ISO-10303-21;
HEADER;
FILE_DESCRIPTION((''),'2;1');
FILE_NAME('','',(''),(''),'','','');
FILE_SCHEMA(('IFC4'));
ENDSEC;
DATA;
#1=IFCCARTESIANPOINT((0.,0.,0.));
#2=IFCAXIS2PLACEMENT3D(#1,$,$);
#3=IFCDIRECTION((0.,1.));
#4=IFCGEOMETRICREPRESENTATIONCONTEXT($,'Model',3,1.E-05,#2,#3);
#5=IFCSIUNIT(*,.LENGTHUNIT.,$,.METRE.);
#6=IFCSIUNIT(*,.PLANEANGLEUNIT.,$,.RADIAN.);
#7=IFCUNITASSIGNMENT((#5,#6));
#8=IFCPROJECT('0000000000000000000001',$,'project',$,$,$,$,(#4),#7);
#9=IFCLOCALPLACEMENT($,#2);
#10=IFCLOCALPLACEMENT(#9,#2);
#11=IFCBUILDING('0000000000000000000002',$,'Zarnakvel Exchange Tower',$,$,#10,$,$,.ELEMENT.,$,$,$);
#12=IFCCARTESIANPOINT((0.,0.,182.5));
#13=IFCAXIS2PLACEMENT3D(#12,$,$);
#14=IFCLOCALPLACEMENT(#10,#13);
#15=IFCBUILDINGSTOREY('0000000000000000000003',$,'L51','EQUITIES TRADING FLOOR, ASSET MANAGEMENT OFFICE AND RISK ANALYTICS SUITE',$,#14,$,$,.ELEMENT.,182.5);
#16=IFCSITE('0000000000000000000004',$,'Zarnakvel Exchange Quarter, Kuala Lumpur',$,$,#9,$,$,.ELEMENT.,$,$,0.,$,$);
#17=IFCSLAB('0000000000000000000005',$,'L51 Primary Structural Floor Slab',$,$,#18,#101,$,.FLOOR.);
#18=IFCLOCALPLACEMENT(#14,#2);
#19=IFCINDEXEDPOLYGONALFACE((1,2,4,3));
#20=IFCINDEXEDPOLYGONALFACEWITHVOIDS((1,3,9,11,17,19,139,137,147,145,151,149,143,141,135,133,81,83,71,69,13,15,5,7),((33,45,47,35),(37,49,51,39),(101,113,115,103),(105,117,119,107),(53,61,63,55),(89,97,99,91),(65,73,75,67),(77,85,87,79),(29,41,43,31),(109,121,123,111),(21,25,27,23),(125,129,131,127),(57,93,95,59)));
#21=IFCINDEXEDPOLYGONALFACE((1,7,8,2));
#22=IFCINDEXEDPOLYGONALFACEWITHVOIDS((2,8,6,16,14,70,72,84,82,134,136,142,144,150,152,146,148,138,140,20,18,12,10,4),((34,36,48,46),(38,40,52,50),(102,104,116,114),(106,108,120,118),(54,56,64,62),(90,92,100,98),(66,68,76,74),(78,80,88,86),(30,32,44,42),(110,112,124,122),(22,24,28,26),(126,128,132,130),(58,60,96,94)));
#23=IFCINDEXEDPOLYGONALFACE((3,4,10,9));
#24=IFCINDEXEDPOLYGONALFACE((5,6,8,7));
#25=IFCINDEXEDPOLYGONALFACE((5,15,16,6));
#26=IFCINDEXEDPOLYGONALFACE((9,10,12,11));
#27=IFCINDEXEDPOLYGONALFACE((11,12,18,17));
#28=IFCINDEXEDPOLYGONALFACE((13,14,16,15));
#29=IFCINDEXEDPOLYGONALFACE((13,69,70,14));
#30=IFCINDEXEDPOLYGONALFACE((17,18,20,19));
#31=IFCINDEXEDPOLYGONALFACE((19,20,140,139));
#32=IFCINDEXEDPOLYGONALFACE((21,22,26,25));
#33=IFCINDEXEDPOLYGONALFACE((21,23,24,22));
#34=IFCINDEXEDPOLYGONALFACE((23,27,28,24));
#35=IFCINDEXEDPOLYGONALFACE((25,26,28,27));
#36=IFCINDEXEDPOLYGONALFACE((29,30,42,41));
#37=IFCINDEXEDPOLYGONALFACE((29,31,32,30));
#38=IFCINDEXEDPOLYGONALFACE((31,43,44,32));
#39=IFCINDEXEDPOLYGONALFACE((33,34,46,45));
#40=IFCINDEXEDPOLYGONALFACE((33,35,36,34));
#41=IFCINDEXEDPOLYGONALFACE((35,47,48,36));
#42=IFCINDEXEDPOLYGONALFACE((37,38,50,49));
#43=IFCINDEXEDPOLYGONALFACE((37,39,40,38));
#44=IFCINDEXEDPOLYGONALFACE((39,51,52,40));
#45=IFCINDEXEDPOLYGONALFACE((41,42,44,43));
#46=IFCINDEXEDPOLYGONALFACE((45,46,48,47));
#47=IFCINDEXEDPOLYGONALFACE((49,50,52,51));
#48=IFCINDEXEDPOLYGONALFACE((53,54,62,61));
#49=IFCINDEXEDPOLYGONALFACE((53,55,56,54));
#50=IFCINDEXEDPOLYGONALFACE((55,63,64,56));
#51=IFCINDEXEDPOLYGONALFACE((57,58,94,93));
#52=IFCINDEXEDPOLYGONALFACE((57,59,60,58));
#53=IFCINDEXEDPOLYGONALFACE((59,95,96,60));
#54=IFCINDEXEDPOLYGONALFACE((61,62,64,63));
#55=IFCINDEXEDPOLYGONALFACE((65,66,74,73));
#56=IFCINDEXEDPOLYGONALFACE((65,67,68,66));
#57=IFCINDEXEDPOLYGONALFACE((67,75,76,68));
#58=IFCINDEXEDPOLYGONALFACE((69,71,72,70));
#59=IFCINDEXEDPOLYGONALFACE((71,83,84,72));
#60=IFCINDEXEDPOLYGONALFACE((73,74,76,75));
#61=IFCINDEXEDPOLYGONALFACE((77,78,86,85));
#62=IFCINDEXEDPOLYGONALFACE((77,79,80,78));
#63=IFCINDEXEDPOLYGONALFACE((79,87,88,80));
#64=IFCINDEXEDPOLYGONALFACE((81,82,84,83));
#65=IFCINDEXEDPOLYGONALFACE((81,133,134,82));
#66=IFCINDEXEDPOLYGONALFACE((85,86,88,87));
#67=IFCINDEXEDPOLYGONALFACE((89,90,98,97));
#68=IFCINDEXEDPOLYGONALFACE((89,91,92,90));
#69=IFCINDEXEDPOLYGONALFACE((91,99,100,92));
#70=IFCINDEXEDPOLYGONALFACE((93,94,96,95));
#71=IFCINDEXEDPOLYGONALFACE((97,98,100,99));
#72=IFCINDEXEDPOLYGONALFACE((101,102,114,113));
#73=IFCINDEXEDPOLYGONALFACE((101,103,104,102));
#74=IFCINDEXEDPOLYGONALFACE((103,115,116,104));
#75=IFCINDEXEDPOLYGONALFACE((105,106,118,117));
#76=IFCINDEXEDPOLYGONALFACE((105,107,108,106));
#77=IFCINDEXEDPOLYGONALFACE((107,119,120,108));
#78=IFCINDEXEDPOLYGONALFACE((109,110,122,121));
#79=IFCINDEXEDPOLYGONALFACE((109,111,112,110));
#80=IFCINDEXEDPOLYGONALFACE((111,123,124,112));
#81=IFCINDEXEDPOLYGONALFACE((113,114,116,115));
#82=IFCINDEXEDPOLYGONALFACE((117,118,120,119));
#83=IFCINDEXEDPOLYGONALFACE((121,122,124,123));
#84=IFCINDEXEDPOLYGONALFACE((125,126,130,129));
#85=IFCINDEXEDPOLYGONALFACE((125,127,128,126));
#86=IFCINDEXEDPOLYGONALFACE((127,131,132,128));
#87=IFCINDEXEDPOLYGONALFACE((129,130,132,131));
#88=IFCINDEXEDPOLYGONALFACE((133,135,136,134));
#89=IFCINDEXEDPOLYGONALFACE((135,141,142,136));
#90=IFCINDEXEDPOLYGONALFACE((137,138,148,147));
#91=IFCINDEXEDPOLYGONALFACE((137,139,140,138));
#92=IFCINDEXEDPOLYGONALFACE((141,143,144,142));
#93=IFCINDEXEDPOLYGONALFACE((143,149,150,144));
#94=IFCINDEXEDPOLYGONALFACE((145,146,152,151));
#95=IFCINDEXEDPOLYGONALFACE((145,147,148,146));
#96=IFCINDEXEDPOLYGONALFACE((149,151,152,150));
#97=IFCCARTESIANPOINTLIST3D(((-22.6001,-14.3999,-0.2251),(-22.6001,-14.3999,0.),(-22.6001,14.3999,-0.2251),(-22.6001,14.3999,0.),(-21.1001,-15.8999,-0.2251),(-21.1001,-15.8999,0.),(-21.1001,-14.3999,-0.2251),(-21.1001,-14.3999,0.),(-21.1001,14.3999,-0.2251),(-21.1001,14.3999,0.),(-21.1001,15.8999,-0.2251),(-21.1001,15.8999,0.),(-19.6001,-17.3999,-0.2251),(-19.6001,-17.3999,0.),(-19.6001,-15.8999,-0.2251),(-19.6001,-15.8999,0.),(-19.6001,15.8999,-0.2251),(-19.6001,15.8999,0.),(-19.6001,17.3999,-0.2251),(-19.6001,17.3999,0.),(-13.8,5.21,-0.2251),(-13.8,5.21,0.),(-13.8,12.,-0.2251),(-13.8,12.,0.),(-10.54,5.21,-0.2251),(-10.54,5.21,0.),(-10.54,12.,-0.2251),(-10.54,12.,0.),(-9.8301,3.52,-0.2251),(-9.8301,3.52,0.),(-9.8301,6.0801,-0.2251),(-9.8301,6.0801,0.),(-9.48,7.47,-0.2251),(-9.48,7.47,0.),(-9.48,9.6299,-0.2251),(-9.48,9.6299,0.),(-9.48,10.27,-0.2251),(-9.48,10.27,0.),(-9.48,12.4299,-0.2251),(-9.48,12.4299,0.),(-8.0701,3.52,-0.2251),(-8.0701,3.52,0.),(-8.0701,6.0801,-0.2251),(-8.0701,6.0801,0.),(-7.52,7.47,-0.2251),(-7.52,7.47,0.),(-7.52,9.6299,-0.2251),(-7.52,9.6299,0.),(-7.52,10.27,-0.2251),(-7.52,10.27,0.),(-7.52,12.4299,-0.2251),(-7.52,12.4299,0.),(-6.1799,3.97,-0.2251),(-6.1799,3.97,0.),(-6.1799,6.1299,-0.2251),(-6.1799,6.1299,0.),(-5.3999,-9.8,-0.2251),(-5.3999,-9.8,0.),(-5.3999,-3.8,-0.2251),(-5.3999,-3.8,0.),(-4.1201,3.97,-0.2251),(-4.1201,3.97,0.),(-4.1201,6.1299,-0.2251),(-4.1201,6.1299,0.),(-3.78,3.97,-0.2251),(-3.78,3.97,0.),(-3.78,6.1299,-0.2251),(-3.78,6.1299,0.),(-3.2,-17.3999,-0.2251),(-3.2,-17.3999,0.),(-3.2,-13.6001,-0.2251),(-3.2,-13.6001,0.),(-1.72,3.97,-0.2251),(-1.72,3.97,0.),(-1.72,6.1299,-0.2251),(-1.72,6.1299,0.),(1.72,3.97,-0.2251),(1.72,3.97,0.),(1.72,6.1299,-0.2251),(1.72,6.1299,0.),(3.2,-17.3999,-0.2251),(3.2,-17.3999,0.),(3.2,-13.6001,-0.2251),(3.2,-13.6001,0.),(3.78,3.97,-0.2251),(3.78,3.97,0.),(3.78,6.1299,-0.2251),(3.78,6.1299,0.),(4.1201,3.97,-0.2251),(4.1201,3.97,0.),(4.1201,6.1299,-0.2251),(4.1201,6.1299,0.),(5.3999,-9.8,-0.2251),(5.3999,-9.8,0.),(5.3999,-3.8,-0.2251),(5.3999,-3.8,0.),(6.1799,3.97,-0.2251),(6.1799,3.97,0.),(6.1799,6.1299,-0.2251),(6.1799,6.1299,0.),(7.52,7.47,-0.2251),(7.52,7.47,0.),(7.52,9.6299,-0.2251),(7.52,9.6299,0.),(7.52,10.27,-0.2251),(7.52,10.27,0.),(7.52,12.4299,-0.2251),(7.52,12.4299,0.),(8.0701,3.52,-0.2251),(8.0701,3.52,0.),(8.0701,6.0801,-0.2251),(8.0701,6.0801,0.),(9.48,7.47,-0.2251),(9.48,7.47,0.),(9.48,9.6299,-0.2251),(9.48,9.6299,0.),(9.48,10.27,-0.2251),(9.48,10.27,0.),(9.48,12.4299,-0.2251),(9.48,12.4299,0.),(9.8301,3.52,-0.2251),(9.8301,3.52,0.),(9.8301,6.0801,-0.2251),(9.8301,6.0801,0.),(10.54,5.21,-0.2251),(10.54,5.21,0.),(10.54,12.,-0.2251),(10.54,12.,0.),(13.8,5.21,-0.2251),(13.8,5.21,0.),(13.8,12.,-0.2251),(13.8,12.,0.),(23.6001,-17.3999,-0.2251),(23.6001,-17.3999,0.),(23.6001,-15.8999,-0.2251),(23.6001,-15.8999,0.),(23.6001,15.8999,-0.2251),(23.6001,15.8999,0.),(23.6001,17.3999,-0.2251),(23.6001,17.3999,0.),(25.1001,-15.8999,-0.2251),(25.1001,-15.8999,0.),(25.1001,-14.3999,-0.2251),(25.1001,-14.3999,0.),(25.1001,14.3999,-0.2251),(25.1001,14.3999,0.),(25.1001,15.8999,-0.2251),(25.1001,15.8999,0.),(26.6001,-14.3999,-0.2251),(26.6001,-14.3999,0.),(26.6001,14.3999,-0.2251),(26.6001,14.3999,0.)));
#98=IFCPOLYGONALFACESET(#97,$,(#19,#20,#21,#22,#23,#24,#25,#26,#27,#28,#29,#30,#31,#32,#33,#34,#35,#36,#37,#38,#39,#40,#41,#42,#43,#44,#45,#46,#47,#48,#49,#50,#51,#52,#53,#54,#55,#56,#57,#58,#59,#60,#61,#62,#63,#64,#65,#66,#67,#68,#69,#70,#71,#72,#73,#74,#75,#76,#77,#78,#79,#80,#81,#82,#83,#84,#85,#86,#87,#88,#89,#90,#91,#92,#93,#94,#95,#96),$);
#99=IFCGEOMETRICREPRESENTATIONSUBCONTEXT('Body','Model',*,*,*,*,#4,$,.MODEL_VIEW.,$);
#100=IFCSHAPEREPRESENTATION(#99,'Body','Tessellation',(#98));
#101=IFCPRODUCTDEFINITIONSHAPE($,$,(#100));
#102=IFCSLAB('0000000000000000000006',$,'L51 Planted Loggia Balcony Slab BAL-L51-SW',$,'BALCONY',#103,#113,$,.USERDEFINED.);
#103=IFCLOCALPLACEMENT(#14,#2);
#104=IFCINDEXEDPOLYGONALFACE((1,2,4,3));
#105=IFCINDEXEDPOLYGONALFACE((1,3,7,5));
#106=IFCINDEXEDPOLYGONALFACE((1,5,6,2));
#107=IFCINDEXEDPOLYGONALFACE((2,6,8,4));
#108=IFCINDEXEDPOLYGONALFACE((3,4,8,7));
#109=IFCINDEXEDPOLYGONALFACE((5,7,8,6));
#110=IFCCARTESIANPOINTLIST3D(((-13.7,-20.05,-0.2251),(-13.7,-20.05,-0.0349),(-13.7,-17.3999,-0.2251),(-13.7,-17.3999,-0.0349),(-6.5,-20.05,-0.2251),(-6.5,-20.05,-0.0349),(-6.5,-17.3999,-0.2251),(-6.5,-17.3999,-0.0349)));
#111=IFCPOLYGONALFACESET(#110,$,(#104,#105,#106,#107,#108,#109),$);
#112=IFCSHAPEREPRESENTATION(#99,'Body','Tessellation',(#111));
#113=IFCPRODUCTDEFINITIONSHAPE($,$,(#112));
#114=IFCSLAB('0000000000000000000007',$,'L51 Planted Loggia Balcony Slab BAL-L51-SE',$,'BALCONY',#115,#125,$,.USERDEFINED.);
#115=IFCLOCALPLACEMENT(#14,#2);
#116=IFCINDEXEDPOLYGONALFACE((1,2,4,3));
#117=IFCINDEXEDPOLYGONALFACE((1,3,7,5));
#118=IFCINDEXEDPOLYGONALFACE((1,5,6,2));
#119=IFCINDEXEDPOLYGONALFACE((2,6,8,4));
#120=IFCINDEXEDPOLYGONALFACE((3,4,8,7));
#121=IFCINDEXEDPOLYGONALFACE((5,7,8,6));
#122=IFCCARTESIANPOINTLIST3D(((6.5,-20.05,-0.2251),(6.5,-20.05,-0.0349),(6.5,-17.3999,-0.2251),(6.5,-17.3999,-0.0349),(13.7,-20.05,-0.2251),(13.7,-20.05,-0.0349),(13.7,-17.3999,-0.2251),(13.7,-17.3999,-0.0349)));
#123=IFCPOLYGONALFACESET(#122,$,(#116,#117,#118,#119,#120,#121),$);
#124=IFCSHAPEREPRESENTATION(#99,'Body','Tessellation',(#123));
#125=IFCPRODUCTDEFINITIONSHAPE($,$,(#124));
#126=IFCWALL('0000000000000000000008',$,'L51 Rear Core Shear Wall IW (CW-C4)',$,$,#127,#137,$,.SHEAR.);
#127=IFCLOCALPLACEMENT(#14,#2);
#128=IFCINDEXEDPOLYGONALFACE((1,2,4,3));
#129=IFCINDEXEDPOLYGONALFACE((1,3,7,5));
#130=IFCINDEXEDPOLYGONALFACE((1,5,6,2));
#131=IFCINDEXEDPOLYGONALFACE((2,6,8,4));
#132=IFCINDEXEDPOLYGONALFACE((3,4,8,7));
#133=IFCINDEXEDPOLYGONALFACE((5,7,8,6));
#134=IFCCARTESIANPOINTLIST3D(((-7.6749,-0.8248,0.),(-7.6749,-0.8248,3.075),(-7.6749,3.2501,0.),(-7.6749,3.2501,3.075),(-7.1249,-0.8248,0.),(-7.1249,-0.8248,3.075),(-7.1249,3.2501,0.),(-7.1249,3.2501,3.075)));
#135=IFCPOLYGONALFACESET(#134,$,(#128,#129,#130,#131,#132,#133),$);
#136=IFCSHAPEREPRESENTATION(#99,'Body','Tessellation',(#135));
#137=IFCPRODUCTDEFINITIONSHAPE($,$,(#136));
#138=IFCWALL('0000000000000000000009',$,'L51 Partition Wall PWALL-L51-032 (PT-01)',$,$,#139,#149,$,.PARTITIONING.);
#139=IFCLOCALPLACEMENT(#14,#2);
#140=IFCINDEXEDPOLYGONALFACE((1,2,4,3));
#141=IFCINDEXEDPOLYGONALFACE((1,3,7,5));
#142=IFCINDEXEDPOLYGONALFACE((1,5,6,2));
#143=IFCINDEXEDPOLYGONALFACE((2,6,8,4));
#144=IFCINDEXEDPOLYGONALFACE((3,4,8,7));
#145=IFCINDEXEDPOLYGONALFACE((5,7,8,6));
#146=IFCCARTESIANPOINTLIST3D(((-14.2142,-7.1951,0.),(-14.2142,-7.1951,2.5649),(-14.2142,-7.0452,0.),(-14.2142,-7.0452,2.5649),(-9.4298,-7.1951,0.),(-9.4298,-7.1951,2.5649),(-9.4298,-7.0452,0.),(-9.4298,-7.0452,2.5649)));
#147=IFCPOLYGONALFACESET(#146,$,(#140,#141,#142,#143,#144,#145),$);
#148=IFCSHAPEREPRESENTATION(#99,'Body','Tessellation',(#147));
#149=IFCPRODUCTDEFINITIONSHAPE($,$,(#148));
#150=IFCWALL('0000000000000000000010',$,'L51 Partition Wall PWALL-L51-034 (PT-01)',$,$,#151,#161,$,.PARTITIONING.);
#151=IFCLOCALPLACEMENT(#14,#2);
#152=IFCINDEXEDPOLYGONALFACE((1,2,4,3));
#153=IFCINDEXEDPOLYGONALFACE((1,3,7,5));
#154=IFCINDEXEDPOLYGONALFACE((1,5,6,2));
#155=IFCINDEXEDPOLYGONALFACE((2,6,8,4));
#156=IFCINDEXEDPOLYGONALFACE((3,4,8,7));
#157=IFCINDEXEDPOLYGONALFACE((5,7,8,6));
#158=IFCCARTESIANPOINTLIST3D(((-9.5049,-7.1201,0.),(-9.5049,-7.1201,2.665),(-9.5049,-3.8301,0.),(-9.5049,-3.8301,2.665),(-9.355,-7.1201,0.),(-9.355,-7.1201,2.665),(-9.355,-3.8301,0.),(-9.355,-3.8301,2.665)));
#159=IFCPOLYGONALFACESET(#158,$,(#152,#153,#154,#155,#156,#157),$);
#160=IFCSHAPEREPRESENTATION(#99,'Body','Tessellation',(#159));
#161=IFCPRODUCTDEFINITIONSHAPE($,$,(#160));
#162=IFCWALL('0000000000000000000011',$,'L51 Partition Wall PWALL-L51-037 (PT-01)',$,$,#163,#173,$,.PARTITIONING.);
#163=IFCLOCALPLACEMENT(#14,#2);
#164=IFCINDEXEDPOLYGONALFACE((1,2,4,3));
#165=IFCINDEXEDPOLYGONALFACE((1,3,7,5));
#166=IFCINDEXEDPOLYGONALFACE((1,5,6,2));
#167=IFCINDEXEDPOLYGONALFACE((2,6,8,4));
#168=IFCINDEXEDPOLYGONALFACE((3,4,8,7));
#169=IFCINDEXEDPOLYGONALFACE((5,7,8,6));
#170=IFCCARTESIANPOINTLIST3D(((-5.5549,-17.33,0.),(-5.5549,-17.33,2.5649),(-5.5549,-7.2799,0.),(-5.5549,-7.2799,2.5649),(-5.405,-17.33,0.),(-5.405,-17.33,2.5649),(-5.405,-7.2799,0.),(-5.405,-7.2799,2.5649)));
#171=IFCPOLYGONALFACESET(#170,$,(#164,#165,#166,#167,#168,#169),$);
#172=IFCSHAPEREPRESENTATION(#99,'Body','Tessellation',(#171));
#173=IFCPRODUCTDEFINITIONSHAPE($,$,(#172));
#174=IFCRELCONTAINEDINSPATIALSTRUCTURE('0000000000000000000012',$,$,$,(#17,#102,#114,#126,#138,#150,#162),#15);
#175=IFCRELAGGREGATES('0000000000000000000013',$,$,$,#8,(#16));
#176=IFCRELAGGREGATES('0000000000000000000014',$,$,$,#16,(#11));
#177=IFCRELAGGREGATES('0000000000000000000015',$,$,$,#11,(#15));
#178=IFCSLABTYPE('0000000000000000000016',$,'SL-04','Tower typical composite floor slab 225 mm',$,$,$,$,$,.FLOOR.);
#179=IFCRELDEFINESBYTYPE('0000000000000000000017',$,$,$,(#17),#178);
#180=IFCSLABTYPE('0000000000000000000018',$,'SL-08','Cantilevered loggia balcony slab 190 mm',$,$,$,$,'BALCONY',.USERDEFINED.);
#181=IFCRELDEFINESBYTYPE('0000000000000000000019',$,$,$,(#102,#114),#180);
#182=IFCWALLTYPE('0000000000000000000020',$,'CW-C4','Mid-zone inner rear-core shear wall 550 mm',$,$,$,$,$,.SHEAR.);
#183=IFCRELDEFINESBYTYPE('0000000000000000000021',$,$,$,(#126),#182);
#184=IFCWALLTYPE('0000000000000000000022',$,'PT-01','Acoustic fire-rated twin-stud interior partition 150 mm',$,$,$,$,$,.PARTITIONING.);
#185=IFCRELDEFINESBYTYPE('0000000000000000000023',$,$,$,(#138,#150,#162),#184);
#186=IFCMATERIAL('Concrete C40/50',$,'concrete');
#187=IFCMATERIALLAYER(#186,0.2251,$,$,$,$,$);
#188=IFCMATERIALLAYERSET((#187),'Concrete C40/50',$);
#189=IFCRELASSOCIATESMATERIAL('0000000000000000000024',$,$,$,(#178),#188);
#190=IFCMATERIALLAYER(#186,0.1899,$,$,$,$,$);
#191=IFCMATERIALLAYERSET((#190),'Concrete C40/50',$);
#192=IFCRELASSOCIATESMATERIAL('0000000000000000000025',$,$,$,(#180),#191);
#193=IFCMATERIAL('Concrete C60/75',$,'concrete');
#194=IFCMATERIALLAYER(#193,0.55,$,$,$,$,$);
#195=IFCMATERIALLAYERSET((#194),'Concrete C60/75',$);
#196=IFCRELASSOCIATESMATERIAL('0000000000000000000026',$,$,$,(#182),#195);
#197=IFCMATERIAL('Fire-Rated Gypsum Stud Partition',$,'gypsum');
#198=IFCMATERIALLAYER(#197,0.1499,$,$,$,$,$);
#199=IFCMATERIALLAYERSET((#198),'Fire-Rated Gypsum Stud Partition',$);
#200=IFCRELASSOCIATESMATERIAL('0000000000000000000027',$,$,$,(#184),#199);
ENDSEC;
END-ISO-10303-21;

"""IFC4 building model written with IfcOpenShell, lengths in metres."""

from ifc_helpers import new_model, si_unit, direction, frame, frame_2d, origin, place, context, subcontext, project, spatial, polyline, rectangle, outline, extrude, material, layer, layer_set, type_object, element, save


model = new_model("IFC4")

# Units and contexts
model_context = context("Model", 3, precision=1e-05, world=origin(), true_north=direction((0.0, 1.0)))
body_context = subcontext(model_context, "Body", "Model", "MODEL_VIEW")
ifc_project = project(units=[si_unit("LENGTHUNIT", "METRE"), si_unit("PLANEANGLEUNIT", "RADIAN")], contexts=[model_context])

# Site, building, storey
site_placement = place(None, origin())
site = spatial("IfcSite", under=ifc_project, at=site_placement, Name="Zarnakvel Exchange Quarter, Kuala Lumpur", CompositionType="ELEMENT", RefElevation=0.0)
building_placement = place(site_placement, origin())
building = spatial("IfcBuilding", under=site, at=building_placement, Name="Zarnakvel Exchange Tower", CompositionType="ELEMENT")
storey_placement = place(building_placement, frame((0.0, 0.0, 182.5)))
storey = spatial("IfcBuildingStorey", under=building, at=storey_placement, Name="L51", Description="EQUITIES TRADING FLOOR, ASSET MANAGEMENT OFFICE AND RISK ANALYTICS SUITE", CompositionType="ELEMENT", Elevation=182.5)

# Shared definitions
ifc_material_1 = material(Name="Concrete C60/75", Category="concrete")

# Slabs
ifc_material_2 = material(Name="Concrete C40/50", Category="concrete")
ifc_layer_1 = layer(ifc_material_2, 0.2251)
ifc_layer_set_1 = layer_set([ifc_layer_1], Name="Concrete C40/50")
slab_type_1 = type_object("IfcSlabType", Name="SL-04", Description="Tower typical composite floor slab 225 mm", PredefinedType="FLOOR", material=ifc_layer_set_1)
slab_1_placement = place(storey_placement, frame((0.0, 0.0, -0.2251)))
element("IfcSlab", 1, at=slab_1_placement, inside=storey, type_object=slab_type_1, Name="L51 Primary Structural Floor Slab", PredefinedType="FLOOR", context=body_context, shape_type="SweptSolid", body=[
    extrude(outline(polyline([(-22.6001, -14.3999), (-21.1001, -14.3999), (-21.1001, -15.8999), (-19.6001, -15.8999), (-19.6001, -17.3999), (-3.2, -17.3999), (-3.2, -13.6001), (3.2, -13.6001), (3.2, -17.3999), (23.6001, -17.3999), (23.6001, -15.8999), (25.1001, -15.8999), (25.1001, -14.3999), (26.6001, -14.3999), (26.6001, 14.3999), (25.1001, 14.3999), (25.1001, 15.8999), (23.6001, 15.8999), (23.6001, 17.3999), (-19.6001, 17.3999), (-19.6001, 15.8999), (-21.1001, 15.8999), (-21.1001, 14.3999), (-22.6001, 14.3999), (-22.6001, -14.3999)]), holes=[polyline([(-5.3999, -9.8), (5.3999, -9.8), (5.3999, -3.8), (-5.3999, -3.8), (-5.3999, -9.8)]), polyline([(-13.8, 5.21), (-10.54, 5.21), (-10.54, 12.0), (-13.8, 12.0), (-13.8, 5.21)]), polyline([(10.54, 5.21), (13.8, 5.21), (13.8, 12.0), (10.54, 12.0), (10.54, 5.21)]), polyline([(-9.8301, 3.52), (-8.0701, 3.52), (-8.0701, 6.0801), (-9.8301, 6.0801), (-9.8301, 3.52)]), polyline([(8.0701, 3.52), (9.8301, 3.52), (9.8301, 6.0801), (8.0701, 6.0801), (8.0701, 3.52)]), polyline([(-6.1799, 3.97), (-4.1201, 3.97), (-4.1201, 6.1299), (-6.1799, 6.1299), (-6.1799, 3.97)]), polyline([(-3.78, 3.97), (-1.72, 3.97), (-1.72, 6.1299), (-3.78, 6.1299), (-3.78, 3.97)]), polyline([(1.72, 3.97), (3.78, 3.97), (3.78, 6.1299), (1.72, 6.1299), (1.72, 3.97)]), polyline([(4.1201, 3.97), (6.1799, 3.97), (6.1799, 6.1299), (4.1201, 6.1299), (4.1201, 3.97)]), polyline([(-9.48, 7.47), (-7.52, 7.47), (-7.52, 9.6299), (-9.48, 9.6299), (-9.48, 7.47)]), polyline([(-9.48, 10.27), (-7.52, 10.27), (-7.52, 12.4299), (-9.48, 12.4299), (-9.48, 10.27)]), polyline([(7.52, 7.47), (9.48, 7.47), (9.48, 9.6299), (7.52, 9.6299), (7.52, 7.47)]), polyline([(7.52, 10.27), (9.48, 10.27), (9.48, 12.4299), (7.52, 12.4299), (7.52, 10.27)])]), origin(), (0.0, 0.0, 1.0), 0.2251),
])
ifc_layer_2 = layer(ifc_material_2, 0.1899)
ifc_layer_set_2 = layer_set([ifc_layer_2], Name="Concrete C40/50")
slab_type_2 = type_object("IfcSlabType", Name="SL-08", Description="Cantilevered loggia balcony slab 190 mm", ElementType="BALCONY", PredefinedType="USERDEFINED", material=ifc_layer_set_2)
slab_2_placement = place(storey_placement, frame((0.0, 0.0, -0.2251)))
element("IfcSlab", 2, at=slab_2_placement, inside=storey, type_object=slab_type_2, Name="L51 Planted Loggia Balcony Slab BAL-L51-SW", ObjectType="BALCONY", PredefinedType="USERDEFINED", context=body_context, shape_type="SweptSolid", body=[
    extrude(outline(polyline([(-13.7, -20.05), (-6.5, -20.05), (-6.5, -17.3999), (-13.7, -17.3999), (-13.7, -20.05)])), origin(), (0.0, 0.0, 1.0), 0.1902),
])
slab_3_placement = place(storey_placement, frame((0.0, 0.0, -0.2251)))
element("IfcSlab", 3, at=slab_3_placement, inside=storey, type_object=slab_type_2, Name="L51 Planted Loggia Balcony Slab BAL-L51-SE", ObjectType="BALCONY", PredefinedType="USERDEFINED", context=body_context, shape_type="SweptSolid", body=[
    extrude(outline(polyline([(6.5, -20.05), (13.7, -20.05), (13.7, -17.3999), (6.5, -17.3999), (6.5, -20.05)])), origin(), (0.0, 0.0, 1.0), 0.1902),
])

# Walls
ifc_layer_3 = layer(ifc_material_1, 0.55)
ifc_layer_set_3 = layer_set([ifc_layer_3], Name="Concrete C60/75")
wall_type_1 = type_object("IfcWallType", Name="CW-C4", Description="Mid-zone inner rear-core shear wall 550 mm", PredefinedType="SHEAR", material=ifc_layer_set_3)
wall_1_placement = place(storey_placement, frame((-7.3999, -0.825, 0.0), z_axis=(0.0, 0.0, 1.0), x_axis=(0.0, 1.0, 0.0)))
element("IfcWall", 4, at=wall_1_placement, inside=storey, type_object=wall_type_1, Name="L51 Rear Core Shear Wall IW (CW-C4)", PredefinedType="SHEAR", context=body_context, shape_type="SweptSolid", body=[
    extrude(rectangle(XDim=4.075, YDim=0.55, at=frame_2d((2.0376, 0.0))), origin(), (0.0, 0.0, 1.0), 3.075),
])
ifc_material_3 = material(Name="Fire-Rated Gypsum Stud Partition", Category="gypsum")
ifc_layer_4 = layer(ifc_material_3, 0.1499)
ifc_layer_set_4 = layer_set([ifc_layer_4], Name="Fire-Rated Gypsum Stud Partition")
wall_type_2 = type_object("IfcWallType", Name="PT-01", Description="Acoustic fire-rated twin-stud interior partition 150 mm", PredefinedType="PARTITIONING", material=ifc_layer_set_4)
wall_2_placement = place(storey_placement, frame((-9.4299, -7.1201, 0.0), z_axis=(0.0, 0.0, 1.0), x_axis=(-1.0, 0.0, 0.0)))
element("IfcWall", 5, at=wall_2_placement, inside=storey, type_object=wall_type_2, Name="L51 Partition Wall PWALL-L51-032 (PT-01)", PredefinedType="PARTITIONING", context=body_context, shape_type="SweptSolid", body=[
    extrude(rectangle(XDim=4.7844, YDim=0.1499, at=frame_2d((2.3921, 0.0))), origin(), (0.0, 0.0, 1.0), 2.5649),
])

# Walls
wall_3_placement = place(storey_placement, frame((-9.4299, -3.8301, 0.0), z_axis=(0.0, 0.0, 1.0), x_axis=(0.0, -1.0, 0.0)))
element("IfcWall", 6, at=wall_3_placement, inside=storey, type_object=wall_type_2, Name="L51 Partition Wall PWALL-L51-034 (PT-01)", PredefinedType="PARTITIONING", context=body_context, shape_type="SweptSolid", body=[
    extrude(rectangle(XDim=3.29, YDim=0.1499, at=frame_2d((1.645, 0.0))), origin(), (0.0, 0.0, 1.0), 2.665),
])
wall_4_placement = place(storey_placement, frame((-5.48, -7.28, 0.0), z_axis=(0.0, 0.0, 1.0), x_axis=(0.0, -1.0, 0.0)))
element("IfcWall", 7, at=wall_4_placement, inside=storey, type_object=wall_type_2, Name="L51 Partition Wall PWALL-L51-037 (PT-01)", PredefinedType="PARTITIONING", context=body_context, shape_type="SweptSolid", body=[
    extrude(rectangle(XDim=10.05, YDim=0.1499, at=frame_2d((5.0249, 0.0))), origin(), (0.0, 0.0, 1.0), 2.5649),
])

save(model, "model.ifc")
